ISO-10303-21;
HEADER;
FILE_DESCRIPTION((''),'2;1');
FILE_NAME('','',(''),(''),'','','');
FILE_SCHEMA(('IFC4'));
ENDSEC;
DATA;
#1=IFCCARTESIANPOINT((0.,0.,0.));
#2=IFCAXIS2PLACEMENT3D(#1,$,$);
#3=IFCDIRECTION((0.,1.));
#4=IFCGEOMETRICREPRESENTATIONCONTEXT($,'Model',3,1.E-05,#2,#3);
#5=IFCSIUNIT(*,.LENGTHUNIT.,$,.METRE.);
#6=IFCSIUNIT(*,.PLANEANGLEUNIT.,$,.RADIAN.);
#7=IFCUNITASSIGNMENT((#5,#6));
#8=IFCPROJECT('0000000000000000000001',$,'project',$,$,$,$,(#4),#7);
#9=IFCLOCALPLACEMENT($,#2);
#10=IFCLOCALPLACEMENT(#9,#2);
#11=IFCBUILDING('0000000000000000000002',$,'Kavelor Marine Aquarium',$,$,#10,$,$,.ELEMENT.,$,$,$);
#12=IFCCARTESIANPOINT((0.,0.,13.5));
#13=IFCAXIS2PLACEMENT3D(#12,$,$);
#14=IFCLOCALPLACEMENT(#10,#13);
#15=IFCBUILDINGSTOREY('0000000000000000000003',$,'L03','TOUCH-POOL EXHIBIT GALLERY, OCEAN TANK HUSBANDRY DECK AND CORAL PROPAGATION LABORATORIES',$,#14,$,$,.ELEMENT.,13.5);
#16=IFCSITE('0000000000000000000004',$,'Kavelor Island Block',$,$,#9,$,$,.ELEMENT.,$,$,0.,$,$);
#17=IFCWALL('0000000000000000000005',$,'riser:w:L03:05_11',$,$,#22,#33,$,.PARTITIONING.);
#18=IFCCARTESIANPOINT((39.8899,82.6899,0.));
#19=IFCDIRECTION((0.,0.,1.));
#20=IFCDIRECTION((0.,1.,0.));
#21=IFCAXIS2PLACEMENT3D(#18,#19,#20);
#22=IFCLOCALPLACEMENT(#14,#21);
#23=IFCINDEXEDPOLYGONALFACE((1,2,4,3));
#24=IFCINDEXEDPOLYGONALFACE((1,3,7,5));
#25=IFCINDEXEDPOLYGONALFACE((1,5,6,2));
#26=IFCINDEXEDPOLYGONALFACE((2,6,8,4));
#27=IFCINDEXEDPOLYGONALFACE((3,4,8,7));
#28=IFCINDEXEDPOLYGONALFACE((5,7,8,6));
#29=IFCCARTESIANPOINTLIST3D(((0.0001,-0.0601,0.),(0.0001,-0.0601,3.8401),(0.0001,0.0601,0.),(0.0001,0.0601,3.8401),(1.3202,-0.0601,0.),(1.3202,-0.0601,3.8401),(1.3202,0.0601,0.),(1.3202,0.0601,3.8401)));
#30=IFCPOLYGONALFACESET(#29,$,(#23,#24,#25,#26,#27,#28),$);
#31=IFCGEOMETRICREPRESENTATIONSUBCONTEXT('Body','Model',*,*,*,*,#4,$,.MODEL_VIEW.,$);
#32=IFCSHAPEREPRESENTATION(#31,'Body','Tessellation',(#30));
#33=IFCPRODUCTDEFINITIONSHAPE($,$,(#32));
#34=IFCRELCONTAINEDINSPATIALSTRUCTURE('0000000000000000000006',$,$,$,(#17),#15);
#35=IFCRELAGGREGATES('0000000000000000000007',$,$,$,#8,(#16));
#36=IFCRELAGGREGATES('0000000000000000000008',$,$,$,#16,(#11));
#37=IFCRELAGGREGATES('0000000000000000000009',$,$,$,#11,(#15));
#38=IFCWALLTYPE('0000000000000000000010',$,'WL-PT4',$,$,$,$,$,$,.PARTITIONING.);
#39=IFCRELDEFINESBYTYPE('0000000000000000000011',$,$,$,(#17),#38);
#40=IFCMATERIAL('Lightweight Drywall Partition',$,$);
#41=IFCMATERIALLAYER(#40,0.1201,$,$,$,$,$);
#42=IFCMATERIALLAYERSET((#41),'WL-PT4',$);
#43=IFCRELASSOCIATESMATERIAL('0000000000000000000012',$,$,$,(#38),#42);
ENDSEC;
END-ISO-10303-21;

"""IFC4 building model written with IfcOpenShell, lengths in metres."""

from ifc_helpers import new_model, si_unit, direction, frame, frame_2d, origin, place, context, subcontext, project, spatial, rectangle, extrude, material, layer, layer_set, type_object, element, save


model = new_model("IFC4")

# Units and contexts
model_context = context("Model", 3, precision=1e-05, world=origin(), true_north=direction((0.0, 1.0)))
body_context = subcontext(model_context, "Body", "Model", "MODEL_VIEW")
ifc_project = project(units=[si_unit("LENGTHUNIT", "METRE"), si_unit("PLANEANGLEUNIT", "RADIAN")], contexts=[model_context])

# Site, building, storey
site_placement = place(None, origin())
site = spatial("IfcSite", under=ifc_project, at=site_placement, Name="Kavelor Island Block", CompositionType="ELEMENT", RefElevation=0.0)
building_placement = place(site_placement, origin())
building = spatial("IfcBuilding", under=site, at=building_placement, Name="Kavelor Marine Aquarium", CompositionType="ELEMENT")
storey_placement = place(building_placement, frame((0.0, 0.0, 13.5)))
storey = spatial("IfcBuildingStorey", under=building, at=storey_placement, Name="L03", Description="TOUCH-POOL EXHIBIT GALLERY, OCEAN TANK HUSBANDRY DECK AND CORAL PROPAGATION LABORATORIES", CompositionType="ELEMENT", Elevation=13.5)

# Wall
ifc_material_1 = material(Name="Lightweight Drywall Partition")
ifc_layer_1 = layer(ifc_material_1, 0.1201)
ifc_layer_set_1 = layer_set([ifc_layer_1], Name="WL-PT4")
wall_type = type_object("IfcWallType", Name="WL-PT4", PredefinedType="PARTITIONING", material=ifc_layer_set_1)
wall_placement = place(storey_placement, frame((39.8899, 82.6899, 0.0), z_axis=(0.0, 0.0, 1.0), x_axis=(0.0, 1.0, 0.0)))
element("IfcWall", 1, at=wall_placement, inside=storey, type_object=wall_type, Name="riser:w:L03:05_11", PredefinedType="PARTITIONING", context=body_context, shape_type="SweptSolid", body=[
    extrude(rectangle(XDim=1.3201, YDim=0.1201, at=frame_2d((0.6602, 0.0))), origin(), (0.0, 0.0, 1.0), 3.8401),
])

save(model, "model.ifc")
